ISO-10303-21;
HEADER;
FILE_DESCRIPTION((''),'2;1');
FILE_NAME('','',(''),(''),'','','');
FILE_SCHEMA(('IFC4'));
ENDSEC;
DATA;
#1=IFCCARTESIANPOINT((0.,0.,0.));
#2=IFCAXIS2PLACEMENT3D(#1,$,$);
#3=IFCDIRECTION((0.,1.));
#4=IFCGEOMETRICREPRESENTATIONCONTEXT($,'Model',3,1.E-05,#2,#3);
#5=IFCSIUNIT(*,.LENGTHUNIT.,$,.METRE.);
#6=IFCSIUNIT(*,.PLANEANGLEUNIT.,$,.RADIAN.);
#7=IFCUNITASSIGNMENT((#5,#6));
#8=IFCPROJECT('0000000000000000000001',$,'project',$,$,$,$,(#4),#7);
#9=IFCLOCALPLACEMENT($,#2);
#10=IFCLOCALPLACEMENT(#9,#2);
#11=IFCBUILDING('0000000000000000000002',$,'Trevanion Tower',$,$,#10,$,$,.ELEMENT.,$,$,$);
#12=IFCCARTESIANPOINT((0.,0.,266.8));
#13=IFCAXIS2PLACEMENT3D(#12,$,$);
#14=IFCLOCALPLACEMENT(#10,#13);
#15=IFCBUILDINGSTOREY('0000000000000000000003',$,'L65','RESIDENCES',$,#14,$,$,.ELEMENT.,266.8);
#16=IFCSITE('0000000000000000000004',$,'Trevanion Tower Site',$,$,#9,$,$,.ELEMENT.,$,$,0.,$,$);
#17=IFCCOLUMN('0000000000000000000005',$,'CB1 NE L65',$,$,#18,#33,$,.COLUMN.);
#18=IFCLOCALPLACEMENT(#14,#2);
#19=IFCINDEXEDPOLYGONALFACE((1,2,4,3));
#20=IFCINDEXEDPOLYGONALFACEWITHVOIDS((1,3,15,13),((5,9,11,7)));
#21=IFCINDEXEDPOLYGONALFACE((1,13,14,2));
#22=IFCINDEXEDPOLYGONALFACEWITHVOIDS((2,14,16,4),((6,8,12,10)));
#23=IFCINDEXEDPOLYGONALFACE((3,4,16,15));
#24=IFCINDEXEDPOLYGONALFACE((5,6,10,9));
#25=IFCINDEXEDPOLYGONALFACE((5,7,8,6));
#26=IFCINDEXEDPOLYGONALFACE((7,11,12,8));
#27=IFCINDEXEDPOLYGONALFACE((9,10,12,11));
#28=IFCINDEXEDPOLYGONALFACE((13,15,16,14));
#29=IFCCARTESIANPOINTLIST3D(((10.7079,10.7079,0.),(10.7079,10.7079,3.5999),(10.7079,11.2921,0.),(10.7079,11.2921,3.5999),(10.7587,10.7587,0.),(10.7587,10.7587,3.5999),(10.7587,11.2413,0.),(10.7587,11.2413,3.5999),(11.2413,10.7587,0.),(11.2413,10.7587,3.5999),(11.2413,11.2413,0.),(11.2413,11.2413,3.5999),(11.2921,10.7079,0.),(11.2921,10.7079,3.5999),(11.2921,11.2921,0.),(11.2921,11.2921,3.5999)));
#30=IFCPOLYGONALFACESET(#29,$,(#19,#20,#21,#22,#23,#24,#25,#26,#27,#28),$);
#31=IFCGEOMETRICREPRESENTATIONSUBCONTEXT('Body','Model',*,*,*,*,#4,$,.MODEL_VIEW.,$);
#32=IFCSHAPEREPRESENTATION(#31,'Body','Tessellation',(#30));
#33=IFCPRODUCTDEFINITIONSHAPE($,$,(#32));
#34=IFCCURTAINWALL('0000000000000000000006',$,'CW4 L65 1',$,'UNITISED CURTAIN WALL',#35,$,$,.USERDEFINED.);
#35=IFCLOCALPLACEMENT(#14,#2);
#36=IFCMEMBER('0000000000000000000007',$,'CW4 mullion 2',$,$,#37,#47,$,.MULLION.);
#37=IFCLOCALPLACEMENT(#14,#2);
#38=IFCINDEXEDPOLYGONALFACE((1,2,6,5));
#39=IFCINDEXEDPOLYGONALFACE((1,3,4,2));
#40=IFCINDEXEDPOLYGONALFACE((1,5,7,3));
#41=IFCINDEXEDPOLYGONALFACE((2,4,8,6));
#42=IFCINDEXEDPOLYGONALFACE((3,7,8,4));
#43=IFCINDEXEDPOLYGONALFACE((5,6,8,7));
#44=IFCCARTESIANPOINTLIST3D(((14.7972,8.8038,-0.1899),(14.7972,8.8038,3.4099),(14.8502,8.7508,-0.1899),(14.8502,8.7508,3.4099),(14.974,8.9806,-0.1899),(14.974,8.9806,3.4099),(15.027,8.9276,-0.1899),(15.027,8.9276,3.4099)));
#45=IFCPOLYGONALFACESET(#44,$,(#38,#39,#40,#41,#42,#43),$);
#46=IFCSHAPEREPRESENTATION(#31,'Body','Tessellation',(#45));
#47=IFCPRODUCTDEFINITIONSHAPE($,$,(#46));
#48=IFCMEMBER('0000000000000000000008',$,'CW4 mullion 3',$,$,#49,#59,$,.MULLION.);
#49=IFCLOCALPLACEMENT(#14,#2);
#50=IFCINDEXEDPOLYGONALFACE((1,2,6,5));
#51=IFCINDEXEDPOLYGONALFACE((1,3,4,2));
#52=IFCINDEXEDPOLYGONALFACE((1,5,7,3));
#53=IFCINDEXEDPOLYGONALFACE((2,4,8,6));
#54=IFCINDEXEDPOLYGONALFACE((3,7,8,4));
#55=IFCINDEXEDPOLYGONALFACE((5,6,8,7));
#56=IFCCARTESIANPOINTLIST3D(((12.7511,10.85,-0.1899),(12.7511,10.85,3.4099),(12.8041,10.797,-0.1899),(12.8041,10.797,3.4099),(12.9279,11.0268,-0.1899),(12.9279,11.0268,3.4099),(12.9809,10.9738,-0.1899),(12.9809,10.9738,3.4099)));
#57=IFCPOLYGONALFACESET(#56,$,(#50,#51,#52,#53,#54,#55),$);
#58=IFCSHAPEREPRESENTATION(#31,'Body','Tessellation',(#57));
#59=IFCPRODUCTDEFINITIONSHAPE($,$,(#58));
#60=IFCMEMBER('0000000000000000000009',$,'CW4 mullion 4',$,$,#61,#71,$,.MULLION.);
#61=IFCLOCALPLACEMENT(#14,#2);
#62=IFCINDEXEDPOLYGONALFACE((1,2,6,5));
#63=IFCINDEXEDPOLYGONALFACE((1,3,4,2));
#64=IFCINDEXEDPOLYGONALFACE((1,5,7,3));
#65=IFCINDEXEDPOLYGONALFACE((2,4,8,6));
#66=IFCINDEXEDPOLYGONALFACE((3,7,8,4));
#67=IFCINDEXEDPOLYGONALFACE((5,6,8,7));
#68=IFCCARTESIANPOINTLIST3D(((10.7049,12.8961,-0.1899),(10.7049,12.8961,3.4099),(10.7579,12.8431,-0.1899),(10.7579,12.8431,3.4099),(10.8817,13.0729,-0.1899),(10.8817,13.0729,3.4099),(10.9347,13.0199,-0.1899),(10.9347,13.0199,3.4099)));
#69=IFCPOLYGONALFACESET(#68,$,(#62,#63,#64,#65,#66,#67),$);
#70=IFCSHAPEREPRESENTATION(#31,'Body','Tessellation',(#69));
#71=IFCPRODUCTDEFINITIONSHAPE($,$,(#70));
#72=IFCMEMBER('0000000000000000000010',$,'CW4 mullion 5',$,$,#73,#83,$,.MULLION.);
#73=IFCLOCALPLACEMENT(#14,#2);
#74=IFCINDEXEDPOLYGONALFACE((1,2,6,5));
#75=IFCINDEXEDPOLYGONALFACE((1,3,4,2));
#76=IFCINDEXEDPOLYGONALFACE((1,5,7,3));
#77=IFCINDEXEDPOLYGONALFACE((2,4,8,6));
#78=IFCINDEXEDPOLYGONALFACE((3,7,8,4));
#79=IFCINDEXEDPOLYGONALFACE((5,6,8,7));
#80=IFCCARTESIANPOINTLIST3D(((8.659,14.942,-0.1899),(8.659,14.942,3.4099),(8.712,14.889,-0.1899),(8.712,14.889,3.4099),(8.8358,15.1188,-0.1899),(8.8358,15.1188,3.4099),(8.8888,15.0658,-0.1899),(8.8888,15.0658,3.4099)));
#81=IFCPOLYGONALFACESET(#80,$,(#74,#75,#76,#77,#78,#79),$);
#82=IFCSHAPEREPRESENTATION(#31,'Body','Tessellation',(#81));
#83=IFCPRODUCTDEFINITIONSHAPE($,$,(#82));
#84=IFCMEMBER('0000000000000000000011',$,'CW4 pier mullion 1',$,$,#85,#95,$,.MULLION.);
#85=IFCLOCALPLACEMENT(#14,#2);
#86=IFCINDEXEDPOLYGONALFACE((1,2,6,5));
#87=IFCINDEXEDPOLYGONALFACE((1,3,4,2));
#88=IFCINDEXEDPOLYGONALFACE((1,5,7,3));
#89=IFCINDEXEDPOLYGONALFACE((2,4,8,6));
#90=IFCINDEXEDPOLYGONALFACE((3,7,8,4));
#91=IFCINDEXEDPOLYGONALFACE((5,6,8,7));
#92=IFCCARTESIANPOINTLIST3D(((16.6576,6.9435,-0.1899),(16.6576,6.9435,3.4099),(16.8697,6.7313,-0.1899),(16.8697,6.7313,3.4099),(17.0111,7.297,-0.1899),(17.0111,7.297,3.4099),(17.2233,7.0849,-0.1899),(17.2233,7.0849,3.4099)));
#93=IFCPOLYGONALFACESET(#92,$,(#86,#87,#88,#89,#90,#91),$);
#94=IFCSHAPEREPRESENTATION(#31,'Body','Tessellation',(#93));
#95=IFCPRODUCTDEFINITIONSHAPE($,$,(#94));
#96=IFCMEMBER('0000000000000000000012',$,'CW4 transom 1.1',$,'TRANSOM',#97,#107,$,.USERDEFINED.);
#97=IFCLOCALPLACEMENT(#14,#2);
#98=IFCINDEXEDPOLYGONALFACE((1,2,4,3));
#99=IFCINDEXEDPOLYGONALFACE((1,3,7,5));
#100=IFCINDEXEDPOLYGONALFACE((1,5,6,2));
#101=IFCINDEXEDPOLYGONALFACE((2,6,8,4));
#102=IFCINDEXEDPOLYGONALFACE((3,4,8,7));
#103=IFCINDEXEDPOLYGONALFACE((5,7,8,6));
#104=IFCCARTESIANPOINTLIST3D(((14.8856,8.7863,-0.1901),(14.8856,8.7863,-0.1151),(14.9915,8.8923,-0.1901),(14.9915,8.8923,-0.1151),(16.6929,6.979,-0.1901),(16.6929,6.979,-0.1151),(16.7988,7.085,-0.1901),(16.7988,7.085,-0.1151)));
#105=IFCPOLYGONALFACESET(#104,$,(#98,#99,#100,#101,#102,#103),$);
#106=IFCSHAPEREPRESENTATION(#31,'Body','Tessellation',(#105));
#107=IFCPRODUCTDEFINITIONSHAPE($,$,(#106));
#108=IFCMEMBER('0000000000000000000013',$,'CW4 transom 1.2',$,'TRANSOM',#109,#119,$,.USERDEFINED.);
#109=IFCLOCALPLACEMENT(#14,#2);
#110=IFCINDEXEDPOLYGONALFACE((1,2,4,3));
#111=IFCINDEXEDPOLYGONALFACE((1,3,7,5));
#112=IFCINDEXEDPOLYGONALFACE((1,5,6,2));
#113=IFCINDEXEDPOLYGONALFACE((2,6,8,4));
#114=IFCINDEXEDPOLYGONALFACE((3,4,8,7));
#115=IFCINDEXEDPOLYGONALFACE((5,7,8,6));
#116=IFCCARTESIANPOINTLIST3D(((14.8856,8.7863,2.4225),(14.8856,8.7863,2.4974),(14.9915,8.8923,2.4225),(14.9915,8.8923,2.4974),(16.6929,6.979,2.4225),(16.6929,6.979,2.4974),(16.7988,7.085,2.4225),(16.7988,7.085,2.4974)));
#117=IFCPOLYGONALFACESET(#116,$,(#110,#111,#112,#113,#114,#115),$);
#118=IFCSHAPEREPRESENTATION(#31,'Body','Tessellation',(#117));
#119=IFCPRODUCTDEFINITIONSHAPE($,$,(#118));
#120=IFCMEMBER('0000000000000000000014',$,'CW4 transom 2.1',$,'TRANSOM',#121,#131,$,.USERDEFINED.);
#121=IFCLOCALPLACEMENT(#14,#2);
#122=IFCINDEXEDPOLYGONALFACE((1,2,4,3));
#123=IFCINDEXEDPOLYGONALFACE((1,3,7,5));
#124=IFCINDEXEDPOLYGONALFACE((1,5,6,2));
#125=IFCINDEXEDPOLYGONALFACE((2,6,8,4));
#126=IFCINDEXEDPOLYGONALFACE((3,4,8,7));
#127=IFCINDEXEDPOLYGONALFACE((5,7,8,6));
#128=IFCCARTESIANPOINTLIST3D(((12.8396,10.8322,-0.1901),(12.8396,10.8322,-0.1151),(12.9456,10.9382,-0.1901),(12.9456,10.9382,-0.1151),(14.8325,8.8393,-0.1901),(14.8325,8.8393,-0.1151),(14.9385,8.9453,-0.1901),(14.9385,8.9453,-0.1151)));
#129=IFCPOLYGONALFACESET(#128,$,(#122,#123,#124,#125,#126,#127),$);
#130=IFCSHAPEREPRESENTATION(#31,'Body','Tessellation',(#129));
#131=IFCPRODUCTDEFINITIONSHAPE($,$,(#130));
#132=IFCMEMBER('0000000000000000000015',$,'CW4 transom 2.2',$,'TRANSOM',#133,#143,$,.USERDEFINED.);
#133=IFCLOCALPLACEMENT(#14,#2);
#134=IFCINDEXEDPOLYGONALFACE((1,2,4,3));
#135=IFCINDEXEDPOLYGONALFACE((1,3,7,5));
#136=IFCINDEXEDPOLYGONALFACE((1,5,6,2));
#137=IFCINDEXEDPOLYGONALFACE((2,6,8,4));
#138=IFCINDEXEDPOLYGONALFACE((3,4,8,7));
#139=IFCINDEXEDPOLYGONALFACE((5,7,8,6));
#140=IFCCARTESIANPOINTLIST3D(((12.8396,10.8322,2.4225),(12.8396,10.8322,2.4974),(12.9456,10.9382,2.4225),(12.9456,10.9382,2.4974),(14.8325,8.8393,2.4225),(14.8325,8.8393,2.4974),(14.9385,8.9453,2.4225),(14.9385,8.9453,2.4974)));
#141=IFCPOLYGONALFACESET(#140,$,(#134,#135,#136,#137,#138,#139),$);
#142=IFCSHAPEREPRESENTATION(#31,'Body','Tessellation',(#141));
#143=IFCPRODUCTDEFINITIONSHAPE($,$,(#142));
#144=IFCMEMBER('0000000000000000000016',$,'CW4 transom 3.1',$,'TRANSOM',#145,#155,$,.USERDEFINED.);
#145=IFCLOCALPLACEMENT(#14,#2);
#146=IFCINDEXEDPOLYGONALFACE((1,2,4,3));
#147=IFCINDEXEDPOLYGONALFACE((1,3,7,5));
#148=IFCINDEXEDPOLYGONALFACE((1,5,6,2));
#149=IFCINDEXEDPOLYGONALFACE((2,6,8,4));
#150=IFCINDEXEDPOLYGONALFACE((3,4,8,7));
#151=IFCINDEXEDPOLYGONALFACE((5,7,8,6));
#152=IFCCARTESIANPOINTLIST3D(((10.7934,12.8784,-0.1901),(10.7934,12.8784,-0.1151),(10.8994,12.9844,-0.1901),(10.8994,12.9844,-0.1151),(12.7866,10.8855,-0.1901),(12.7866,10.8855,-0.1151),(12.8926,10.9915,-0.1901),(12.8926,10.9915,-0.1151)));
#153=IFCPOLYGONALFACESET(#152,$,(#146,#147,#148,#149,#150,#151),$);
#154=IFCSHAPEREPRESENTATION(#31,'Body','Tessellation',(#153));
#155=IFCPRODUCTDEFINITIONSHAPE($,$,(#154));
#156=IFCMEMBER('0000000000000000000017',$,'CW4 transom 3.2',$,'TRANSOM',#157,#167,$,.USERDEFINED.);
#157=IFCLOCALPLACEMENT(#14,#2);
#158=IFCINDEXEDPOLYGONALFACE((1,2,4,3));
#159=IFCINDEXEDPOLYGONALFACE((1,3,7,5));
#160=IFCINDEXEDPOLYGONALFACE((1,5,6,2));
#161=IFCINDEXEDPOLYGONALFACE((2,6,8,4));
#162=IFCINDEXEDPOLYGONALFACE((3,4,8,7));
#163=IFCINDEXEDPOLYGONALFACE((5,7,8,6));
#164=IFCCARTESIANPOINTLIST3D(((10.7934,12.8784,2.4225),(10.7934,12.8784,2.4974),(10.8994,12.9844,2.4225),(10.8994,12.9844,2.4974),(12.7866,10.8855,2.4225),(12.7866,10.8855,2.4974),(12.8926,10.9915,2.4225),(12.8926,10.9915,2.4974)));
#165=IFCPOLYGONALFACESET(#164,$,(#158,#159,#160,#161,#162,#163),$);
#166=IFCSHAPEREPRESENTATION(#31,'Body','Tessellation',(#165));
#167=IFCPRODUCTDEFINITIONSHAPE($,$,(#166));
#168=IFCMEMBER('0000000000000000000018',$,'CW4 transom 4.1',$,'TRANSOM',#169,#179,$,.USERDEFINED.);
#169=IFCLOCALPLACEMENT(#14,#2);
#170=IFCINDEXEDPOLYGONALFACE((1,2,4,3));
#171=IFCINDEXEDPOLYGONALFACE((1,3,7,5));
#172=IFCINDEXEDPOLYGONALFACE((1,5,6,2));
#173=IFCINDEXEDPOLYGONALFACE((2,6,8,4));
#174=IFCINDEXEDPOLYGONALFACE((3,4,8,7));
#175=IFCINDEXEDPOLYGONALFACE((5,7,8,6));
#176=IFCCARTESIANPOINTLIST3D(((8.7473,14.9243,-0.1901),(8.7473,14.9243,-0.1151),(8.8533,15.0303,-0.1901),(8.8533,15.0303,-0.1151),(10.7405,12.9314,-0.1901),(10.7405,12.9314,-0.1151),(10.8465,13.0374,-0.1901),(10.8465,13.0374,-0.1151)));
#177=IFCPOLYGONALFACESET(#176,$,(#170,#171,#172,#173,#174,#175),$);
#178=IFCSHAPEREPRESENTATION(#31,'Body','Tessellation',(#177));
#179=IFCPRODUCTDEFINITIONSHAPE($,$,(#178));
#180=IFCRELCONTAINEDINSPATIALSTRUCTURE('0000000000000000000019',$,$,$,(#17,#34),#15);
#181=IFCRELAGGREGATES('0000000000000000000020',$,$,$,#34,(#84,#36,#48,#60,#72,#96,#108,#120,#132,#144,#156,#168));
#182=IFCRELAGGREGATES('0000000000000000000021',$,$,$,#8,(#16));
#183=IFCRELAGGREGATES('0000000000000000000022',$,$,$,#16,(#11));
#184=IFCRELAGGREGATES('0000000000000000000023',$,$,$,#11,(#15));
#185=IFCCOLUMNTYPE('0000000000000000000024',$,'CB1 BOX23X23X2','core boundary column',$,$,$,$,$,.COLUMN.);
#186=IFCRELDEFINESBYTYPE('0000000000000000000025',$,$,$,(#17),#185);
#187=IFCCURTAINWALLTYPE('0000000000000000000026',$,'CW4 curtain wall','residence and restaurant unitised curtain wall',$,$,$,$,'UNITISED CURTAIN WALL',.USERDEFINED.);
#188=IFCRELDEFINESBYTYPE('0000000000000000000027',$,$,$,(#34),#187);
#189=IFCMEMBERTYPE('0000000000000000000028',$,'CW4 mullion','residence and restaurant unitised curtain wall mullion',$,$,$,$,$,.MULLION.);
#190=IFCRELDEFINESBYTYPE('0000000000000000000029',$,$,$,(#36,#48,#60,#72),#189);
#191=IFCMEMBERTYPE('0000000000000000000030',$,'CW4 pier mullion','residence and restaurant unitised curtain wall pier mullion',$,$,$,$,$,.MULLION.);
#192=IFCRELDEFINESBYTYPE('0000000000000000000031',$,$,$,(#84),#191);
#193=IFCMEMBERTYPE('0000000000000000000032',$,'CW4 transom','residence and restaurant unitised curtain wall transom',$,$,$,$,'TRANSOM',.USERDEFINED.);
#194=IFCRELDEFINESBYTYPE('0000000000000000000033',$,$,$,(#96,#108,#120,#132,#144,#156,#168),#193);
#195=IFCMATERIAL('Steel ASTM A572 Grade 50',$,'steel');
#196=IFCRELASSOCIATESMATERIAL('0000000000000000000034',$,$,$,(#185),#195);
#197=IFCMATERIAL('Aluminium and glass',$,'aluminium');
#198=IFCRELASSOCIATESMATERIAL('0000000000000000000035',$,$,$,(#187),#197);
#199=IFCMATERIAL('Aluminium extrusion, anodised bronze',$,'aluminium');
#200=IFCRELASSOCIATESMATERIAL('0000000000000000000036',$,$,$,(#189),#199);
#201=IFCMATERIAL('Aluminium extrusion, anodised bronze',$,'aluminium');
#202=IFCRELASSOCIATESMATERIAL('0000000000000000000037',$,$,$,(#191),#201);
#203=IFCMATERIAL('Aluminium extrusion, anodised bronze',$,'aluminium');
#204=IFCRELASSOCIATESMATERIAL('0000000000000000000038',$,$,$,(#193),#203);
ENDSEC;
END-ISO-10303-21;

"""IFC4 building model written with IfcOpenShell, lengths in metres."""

from ifc_helpers import new_model, si_unit, direction, frame, origin, origin_2d, place, context, subcontext, project, spatial, rectangle, hollow_rectangle, extrude, material, material_profile, profile_set, type_object, element, aggregate, save


model = new_model("IFC4")

# Units and contexts
model_context = context("Model", 3, precision=1e-05, world=origin(), true_north=direction((0.0, 1.0)))
body_context = subcontext(model_context, "Body", "Model", "MODEL_VIEW")
ifc_project = project(units=[si_unit("LENGTHUNIT", "METRE"), si_unit("PLANEANGLEUNIT", "RADIAN")], contexts=[model_context])

# Site, building, storey
site_placement = place(None, origin())
site = spatial("IfcSite", under=ifc_project, at=site_placement, Name="Trevanion Tower Site", CompositionType="ELEMENT", RefElevation=0.0)
building_placement = place(site_placement, origin())
building = spatial("IfcBuilding", under=site, at=building_placement, Name="Trevanion Tower", CompositionType="ELEMENT")
storey_placement = place(building_placement, frame((0.0, 0.0, 266.8)))
storey = spatial("IfcBuildingStorey", under=building, at=storey_placement, Name="L65", Description="RESIDENCES", CompositionType="ELEMENT", Elevation=266.8)

# Column
ifc_material_1 = material(Name="Steel ASTM A572 Grade 50", Category="steel")
ifc_material_profile_1 = material_profile(ifc_material_1, hollow_rectangle(XDim=0.5842, YDim=0.5842, WallThickness=0.0508, at=origin_2d()), Name="BOX23X23X2")
ifc_profile_set_1 = profile_set([ifc_material_profile_1], Name="Steel ASTM A572 Grade 50")
column_type = type_object("IfcColumnType", Name="CB1 BOX23X23X2", Description="core boundary column", PredefinedType="COLUMN", material=ifc_profile_set_1)
column_placement = place(storey_placement, frame((11.0, 11.0, 0.0), z_axis=(0.0, 0.0, 1.0), x_axis=(1.0, 0.0, 0.0)))
element("IfcColumn", 1, at=column_placement, inside=storey, type_object=column_type, Name="CB1 NE L65", PredefinedType="COLUMN", context=body_context, shape_type="SweptSolid", body=[
    extrude(hollow_rectangle(XDim=0.5842, YDim=0.5842, WallThickness=0.0508, at=origin_2d()), origin(), (0.0, 0.0, 1.0), 3.5999),
])

# Curtain wall, members
ifc_material_2 = material(Name="Aluminium and glass", Category="aluminium")
curtain_wall_type = type_object("IfcCurtainWallType", Name="CW4 curtain wall", Description="residence and restaurant unitised curtain wall", ElementType="UNITISED CURTAIN WALL", PredefinedType="USERDEFINED", material=ifc_material_2)
curtain_wall_placement = place(storey_placement, origin())
curtain_wall = element("IfcCurtainWall", 2, at=curtain_wall_placement, inside=storey, type_object=curtain_wall_type, Name="CW4 L65 1", ObjectType="UNITISED CURTAIN WALL", PredefinedType="USERDEFINED")
ifc_material_3 = material(Name="Aluminium extrusion, anodised bronze", Category="aluminium")
ifc_material_profile_2 = material_profile(ifc_material_3, rectangle(XDim=0.075, YDim=0.25, at=origin_2d()), Name="CW4 mullion")
ifc_profile_set_2 = profile_set([ifc_material_profile_2], Name="Aluminium extrusion, anodised bronze")
member_type_1 = type_object("IfcMemberType", Name="CW4 mullion", Description="residence and restaurant unitised curtain wall mullion", PredefinedType="MULLION", material=ifc_profile_set_2)
member_1_placement = place(storey_placement, frame((14.9121, 8.8657, -0.1899), z_axis=(0.0, 0.0, 1.0), x_axis=(-0.707107, 0.707107, 0.0)))
member_1 = element("IfcMember", 3, at=member_1_placement, type_object=member_type_1, Name="CW4 mullion 2", PredefinedType="MULLION", context=body_context, shape_type="SweptSolid", body=[
    extrude(rectangle(XDim=0.075, YDim=0.25, at=origin_2d()), origin(), (0.0, 0.0, 1.0), 3.5999),
])
member_2_placement = place(storey_placement, frame((12.866, 10.9119, -0.1899), z_axis=(0.0, 0.0, 1.0), x_axis=(-0.707107, 0.707107, 0.0)))
member_2 = element("IfcMember", 4, at=member_2_placement, type_object=member_type_1, Name="CW4 mullion 3", PredefinedType="MULLION", context=body_context, shape_type="SweptSolid", body=[
    extrude(rectangle(XDim=0.075, YDim=0.25, at=origin_2d()), origin(), (0.0, 0.0, 1.0), 3.5999),
])
member_3_placement = place(storey_placement, frame((10.8198, 12.958, -0.1899), z_axis=(0.0, 0.0, 1.0), x_axis=(-0.707107, 0.707107, 0.0)))
member_3 = element("IfcMember", 5, at=member_3_placement, type_object=member_type_1, Name="CW4 mullion 4", PredefinedType="MULLION", context=body_context, shape_type="SweptSolid", body=[
    extrude(rectangle(XDim=0.075, YDim=0.25, at=origin_2d()), origin(), (0.0, 0.0, 1.0), 3.5999),
])
member_4_placement = place(storey_placement, frame((8.7739, 15.0039, -0.1899), z_axis=(0.0, 0.0, 1.0), x_axis=(-0.707107, 0.707107, 0.0)))
member_4 = element("IfcMember", 6, at=member_4_placement, type_object=member_type_1, Name="CW4 mullion 5", PredefinedType="MULLION", context=body_context, shape_type="SweptSolid", body=[
    extrude(rectangle(XDim=0.075, YDim=0.25, at=origin_2d()), origin(), (0.0, 0.0, 1.0), 3.5999),
])
ifc_material_4 = material(Name="Aluminium extrusion, anodised bronze", Category="aluminium")
ifc_material_profile_3 = material_profile(ifc_material_4, rectangle(XDim=0.3, YDim=0.5, at=origin_2d()), Name="CW4 pier mullion")
ifc_profile_set_3 = profile_set([ifc_material_profile_3], Name="Aluminium extrusion, anodised bronze")
member_type_2 = type_object("IfcMemberType", Name="CW4 pier mullion", Description="residence and restaurant unitised curtain wall pier mullion", PredefinedType="MULLION", material=ifc_profile_set_3)
member_5_placement = place(storey_placement, frame((16.9404, 7.0142, -0.1899), z_axis=(0.0, 0.0, 1.0), x_axis=(-0.707107, 0.707107, 0.0)))
member_5 = element("IfcMember", 7, at=member_5_placement, type_object=member_type_2, Name="CW4 pier mullion 1", PredefinedType="MULLION", context=body_context, shape_type="SweptSolid", body=[
    extrude(rectangle(XDim=0.3, YDim=0.5, at=origin_2d()), origin(), (0.0, 0.0, 1.0), 3.5999),
])
ifc_material_5 = material(Name="Aluminium extrusion, anodised bronze", Category="aluminium")
ifc_material_profile_4 = material_profile(ifc_material_5, rectangle(XDim=0.1499, YDim=0.075, at=origin_2d()), Name="CW4 transom")
ifc_profile_set_4 = profile_set([ifc_material_profile_4], Name="Aluminium extrusion, anodised bronze")
member_type_3 = type_object("IfcMemberType", Name="CW4 transom", Description="residence and restaurant unitised curtain wall transom", ElementType="TRANSOM", PredefinedType="USERDEFINED", material=ifc_profile_set_4)
member_6_placement = place(storey_placement, frame((16.7458, 7.032, -0.1526), z_axis=(-0.707107, 0.707107, 0.0), x_axis=(-0.707107, -0.707107, 0.0)))
member_6 = element("IfcMember", 8, at=member_6_placement, type_object=member_type_3, Name="CW4 transom 1.1", ObjectType="TRANSOM", PredefinedType="USERDEFINED", context=body_context, shape_type="SweptSolid", body=[
    extrude(rectangle(XDim=0.1499, YDim=0.075, at=origin_2d()), origin(), (0.0, 0.0, 1.0), 2.5559),
])
member_7_placement = place(storey_placement, frame((16.7458, 7.032, 2.46), z_axis=(-0.707107, 0.707107, 0.0), x_axis=(-0.707107, -0.707107, 0.0)))
member_7 = element("IfcMember", 9, at=member_7_placement, type_object=member_type_3, Name="CW4 transom 1.2", ObjectType="TRANSOM", PredefinedType="USERDEFINED", context=body_context, shape_type="SweptSolid", body=[
    extrude(rectangle(XDim=0.1499, YDim=0.075, at=origin_2d()), origin(), (0.0, 0.0, 1.0), 2.5559),
])
member_8_placement = place(storey_placement, frame((14.8855, 8.8923, -0.1526), z_axis=(-0.707107, 0.707107, 0.0), x_axis=(-0.707107, -0.707107, 0.0)))
member_8 = element("IfcMember", 10, at=member_8_placement, type_object=member_type_3, Name="CW4 transom 2.1", ObjectType="TRANSOM", PredefinedType="USERDEFINED", context=body_context, shape_type="SweptSolid", body=[
    extrude(rectangle(XDim=0.1499, YDim=0.075, at=origin_2d()), origin(), (0.0, 0.0, 1.0), 2.8184),
])
member_9_placement = place(storey_placement, frame((14.8855, 8.8923, 2.46), z_axis=(-0.707107, 0.707107, 0.0), x_axis=(-0.707107, -0.707107, 0.0)))
member_9 = element("IfcMember", 11, at=member_9_placement, type_object=member_type_3, Name="CW4 transom 2.2", ObjectType="TRANSOM", PredefinedType="USERDEFINED", context=body_context, shape_type="SweptSolid", body=[
    extrude(rectangle(XDim=0.1499, YDim=0.075, at=origin_2d()), origin(), (0.0, 0.0, 1.0), 2.8184),
])
member_10_placement = place(storey_placement, frame((12.8396, 10.9385, -0.1526), z_axis=(-0.70715, 0.707063, 0.0), x_axis=(-0.707063, -0.70715, 0.0)))
member_10 = element("IfcMember", 12, at=member_10_placement, type_object=member_type_3, Name="CW4 transom 3.1", ObjectType="TRANSOM", PredefinedType="USERDEFINED", context=body_context, shape_type="SweptSolid", body=[
    extrude(rectangle(XDim=0.1499, YDim=0.075, at=origin_2d()), origin(), (0.0, 0.0, 1.0), 2.8186),
])
member_11_placement = place(storey_placement, frame((12.8396, 10.9385, 2.46), z_axis=(-0.70715, 0.707063, 0.0), x_axis=(-0.707063, -0.70715, 0.0)))
member_11 = element("IfcMember", 13, at=member_11_placement, type_object=member_type_3, Name="CW4 transom 3.2", ObjectType="TRANSOM", PredefinedType="USERDEFINED", context=body_context, shape_type="SweptSolid", body=[
    extrude(rectangle(XDim=0.1499, YDim=0.075, at=origin_2d()), origin(), (0.0, 0.0, 1.0), 2.8186),
])
member_12_placement = place(storey_placement, frame((10.7935, 12.9844, -0.1526), z_axis=(-0.70715, 0.707063, 0.0), x_axis=(-0.707063, -0.70715, 0.0)))
member_12 = element("IfcMember", 14, at=member_12_placement, type_object=member_type_3, Name="CW4 transom 4.1", ObjectType="TRANSOM", PredefinedType="USERDEFINED", context=body_context, shape_type="SweptSolid", body=[
    extrude(rectangle(XDim=0.1499, YDim=0.075, at=origin_2d()), origin(), (0.0, 0.0, 1.0), 2.8186),
])
aggregate(curtain_wall, [member_5, member_1, member_2, member_3, member_4, member_6, member_7, member_8, member_9, member_10, member_11, member_12])

save(model, "model.ifc")
